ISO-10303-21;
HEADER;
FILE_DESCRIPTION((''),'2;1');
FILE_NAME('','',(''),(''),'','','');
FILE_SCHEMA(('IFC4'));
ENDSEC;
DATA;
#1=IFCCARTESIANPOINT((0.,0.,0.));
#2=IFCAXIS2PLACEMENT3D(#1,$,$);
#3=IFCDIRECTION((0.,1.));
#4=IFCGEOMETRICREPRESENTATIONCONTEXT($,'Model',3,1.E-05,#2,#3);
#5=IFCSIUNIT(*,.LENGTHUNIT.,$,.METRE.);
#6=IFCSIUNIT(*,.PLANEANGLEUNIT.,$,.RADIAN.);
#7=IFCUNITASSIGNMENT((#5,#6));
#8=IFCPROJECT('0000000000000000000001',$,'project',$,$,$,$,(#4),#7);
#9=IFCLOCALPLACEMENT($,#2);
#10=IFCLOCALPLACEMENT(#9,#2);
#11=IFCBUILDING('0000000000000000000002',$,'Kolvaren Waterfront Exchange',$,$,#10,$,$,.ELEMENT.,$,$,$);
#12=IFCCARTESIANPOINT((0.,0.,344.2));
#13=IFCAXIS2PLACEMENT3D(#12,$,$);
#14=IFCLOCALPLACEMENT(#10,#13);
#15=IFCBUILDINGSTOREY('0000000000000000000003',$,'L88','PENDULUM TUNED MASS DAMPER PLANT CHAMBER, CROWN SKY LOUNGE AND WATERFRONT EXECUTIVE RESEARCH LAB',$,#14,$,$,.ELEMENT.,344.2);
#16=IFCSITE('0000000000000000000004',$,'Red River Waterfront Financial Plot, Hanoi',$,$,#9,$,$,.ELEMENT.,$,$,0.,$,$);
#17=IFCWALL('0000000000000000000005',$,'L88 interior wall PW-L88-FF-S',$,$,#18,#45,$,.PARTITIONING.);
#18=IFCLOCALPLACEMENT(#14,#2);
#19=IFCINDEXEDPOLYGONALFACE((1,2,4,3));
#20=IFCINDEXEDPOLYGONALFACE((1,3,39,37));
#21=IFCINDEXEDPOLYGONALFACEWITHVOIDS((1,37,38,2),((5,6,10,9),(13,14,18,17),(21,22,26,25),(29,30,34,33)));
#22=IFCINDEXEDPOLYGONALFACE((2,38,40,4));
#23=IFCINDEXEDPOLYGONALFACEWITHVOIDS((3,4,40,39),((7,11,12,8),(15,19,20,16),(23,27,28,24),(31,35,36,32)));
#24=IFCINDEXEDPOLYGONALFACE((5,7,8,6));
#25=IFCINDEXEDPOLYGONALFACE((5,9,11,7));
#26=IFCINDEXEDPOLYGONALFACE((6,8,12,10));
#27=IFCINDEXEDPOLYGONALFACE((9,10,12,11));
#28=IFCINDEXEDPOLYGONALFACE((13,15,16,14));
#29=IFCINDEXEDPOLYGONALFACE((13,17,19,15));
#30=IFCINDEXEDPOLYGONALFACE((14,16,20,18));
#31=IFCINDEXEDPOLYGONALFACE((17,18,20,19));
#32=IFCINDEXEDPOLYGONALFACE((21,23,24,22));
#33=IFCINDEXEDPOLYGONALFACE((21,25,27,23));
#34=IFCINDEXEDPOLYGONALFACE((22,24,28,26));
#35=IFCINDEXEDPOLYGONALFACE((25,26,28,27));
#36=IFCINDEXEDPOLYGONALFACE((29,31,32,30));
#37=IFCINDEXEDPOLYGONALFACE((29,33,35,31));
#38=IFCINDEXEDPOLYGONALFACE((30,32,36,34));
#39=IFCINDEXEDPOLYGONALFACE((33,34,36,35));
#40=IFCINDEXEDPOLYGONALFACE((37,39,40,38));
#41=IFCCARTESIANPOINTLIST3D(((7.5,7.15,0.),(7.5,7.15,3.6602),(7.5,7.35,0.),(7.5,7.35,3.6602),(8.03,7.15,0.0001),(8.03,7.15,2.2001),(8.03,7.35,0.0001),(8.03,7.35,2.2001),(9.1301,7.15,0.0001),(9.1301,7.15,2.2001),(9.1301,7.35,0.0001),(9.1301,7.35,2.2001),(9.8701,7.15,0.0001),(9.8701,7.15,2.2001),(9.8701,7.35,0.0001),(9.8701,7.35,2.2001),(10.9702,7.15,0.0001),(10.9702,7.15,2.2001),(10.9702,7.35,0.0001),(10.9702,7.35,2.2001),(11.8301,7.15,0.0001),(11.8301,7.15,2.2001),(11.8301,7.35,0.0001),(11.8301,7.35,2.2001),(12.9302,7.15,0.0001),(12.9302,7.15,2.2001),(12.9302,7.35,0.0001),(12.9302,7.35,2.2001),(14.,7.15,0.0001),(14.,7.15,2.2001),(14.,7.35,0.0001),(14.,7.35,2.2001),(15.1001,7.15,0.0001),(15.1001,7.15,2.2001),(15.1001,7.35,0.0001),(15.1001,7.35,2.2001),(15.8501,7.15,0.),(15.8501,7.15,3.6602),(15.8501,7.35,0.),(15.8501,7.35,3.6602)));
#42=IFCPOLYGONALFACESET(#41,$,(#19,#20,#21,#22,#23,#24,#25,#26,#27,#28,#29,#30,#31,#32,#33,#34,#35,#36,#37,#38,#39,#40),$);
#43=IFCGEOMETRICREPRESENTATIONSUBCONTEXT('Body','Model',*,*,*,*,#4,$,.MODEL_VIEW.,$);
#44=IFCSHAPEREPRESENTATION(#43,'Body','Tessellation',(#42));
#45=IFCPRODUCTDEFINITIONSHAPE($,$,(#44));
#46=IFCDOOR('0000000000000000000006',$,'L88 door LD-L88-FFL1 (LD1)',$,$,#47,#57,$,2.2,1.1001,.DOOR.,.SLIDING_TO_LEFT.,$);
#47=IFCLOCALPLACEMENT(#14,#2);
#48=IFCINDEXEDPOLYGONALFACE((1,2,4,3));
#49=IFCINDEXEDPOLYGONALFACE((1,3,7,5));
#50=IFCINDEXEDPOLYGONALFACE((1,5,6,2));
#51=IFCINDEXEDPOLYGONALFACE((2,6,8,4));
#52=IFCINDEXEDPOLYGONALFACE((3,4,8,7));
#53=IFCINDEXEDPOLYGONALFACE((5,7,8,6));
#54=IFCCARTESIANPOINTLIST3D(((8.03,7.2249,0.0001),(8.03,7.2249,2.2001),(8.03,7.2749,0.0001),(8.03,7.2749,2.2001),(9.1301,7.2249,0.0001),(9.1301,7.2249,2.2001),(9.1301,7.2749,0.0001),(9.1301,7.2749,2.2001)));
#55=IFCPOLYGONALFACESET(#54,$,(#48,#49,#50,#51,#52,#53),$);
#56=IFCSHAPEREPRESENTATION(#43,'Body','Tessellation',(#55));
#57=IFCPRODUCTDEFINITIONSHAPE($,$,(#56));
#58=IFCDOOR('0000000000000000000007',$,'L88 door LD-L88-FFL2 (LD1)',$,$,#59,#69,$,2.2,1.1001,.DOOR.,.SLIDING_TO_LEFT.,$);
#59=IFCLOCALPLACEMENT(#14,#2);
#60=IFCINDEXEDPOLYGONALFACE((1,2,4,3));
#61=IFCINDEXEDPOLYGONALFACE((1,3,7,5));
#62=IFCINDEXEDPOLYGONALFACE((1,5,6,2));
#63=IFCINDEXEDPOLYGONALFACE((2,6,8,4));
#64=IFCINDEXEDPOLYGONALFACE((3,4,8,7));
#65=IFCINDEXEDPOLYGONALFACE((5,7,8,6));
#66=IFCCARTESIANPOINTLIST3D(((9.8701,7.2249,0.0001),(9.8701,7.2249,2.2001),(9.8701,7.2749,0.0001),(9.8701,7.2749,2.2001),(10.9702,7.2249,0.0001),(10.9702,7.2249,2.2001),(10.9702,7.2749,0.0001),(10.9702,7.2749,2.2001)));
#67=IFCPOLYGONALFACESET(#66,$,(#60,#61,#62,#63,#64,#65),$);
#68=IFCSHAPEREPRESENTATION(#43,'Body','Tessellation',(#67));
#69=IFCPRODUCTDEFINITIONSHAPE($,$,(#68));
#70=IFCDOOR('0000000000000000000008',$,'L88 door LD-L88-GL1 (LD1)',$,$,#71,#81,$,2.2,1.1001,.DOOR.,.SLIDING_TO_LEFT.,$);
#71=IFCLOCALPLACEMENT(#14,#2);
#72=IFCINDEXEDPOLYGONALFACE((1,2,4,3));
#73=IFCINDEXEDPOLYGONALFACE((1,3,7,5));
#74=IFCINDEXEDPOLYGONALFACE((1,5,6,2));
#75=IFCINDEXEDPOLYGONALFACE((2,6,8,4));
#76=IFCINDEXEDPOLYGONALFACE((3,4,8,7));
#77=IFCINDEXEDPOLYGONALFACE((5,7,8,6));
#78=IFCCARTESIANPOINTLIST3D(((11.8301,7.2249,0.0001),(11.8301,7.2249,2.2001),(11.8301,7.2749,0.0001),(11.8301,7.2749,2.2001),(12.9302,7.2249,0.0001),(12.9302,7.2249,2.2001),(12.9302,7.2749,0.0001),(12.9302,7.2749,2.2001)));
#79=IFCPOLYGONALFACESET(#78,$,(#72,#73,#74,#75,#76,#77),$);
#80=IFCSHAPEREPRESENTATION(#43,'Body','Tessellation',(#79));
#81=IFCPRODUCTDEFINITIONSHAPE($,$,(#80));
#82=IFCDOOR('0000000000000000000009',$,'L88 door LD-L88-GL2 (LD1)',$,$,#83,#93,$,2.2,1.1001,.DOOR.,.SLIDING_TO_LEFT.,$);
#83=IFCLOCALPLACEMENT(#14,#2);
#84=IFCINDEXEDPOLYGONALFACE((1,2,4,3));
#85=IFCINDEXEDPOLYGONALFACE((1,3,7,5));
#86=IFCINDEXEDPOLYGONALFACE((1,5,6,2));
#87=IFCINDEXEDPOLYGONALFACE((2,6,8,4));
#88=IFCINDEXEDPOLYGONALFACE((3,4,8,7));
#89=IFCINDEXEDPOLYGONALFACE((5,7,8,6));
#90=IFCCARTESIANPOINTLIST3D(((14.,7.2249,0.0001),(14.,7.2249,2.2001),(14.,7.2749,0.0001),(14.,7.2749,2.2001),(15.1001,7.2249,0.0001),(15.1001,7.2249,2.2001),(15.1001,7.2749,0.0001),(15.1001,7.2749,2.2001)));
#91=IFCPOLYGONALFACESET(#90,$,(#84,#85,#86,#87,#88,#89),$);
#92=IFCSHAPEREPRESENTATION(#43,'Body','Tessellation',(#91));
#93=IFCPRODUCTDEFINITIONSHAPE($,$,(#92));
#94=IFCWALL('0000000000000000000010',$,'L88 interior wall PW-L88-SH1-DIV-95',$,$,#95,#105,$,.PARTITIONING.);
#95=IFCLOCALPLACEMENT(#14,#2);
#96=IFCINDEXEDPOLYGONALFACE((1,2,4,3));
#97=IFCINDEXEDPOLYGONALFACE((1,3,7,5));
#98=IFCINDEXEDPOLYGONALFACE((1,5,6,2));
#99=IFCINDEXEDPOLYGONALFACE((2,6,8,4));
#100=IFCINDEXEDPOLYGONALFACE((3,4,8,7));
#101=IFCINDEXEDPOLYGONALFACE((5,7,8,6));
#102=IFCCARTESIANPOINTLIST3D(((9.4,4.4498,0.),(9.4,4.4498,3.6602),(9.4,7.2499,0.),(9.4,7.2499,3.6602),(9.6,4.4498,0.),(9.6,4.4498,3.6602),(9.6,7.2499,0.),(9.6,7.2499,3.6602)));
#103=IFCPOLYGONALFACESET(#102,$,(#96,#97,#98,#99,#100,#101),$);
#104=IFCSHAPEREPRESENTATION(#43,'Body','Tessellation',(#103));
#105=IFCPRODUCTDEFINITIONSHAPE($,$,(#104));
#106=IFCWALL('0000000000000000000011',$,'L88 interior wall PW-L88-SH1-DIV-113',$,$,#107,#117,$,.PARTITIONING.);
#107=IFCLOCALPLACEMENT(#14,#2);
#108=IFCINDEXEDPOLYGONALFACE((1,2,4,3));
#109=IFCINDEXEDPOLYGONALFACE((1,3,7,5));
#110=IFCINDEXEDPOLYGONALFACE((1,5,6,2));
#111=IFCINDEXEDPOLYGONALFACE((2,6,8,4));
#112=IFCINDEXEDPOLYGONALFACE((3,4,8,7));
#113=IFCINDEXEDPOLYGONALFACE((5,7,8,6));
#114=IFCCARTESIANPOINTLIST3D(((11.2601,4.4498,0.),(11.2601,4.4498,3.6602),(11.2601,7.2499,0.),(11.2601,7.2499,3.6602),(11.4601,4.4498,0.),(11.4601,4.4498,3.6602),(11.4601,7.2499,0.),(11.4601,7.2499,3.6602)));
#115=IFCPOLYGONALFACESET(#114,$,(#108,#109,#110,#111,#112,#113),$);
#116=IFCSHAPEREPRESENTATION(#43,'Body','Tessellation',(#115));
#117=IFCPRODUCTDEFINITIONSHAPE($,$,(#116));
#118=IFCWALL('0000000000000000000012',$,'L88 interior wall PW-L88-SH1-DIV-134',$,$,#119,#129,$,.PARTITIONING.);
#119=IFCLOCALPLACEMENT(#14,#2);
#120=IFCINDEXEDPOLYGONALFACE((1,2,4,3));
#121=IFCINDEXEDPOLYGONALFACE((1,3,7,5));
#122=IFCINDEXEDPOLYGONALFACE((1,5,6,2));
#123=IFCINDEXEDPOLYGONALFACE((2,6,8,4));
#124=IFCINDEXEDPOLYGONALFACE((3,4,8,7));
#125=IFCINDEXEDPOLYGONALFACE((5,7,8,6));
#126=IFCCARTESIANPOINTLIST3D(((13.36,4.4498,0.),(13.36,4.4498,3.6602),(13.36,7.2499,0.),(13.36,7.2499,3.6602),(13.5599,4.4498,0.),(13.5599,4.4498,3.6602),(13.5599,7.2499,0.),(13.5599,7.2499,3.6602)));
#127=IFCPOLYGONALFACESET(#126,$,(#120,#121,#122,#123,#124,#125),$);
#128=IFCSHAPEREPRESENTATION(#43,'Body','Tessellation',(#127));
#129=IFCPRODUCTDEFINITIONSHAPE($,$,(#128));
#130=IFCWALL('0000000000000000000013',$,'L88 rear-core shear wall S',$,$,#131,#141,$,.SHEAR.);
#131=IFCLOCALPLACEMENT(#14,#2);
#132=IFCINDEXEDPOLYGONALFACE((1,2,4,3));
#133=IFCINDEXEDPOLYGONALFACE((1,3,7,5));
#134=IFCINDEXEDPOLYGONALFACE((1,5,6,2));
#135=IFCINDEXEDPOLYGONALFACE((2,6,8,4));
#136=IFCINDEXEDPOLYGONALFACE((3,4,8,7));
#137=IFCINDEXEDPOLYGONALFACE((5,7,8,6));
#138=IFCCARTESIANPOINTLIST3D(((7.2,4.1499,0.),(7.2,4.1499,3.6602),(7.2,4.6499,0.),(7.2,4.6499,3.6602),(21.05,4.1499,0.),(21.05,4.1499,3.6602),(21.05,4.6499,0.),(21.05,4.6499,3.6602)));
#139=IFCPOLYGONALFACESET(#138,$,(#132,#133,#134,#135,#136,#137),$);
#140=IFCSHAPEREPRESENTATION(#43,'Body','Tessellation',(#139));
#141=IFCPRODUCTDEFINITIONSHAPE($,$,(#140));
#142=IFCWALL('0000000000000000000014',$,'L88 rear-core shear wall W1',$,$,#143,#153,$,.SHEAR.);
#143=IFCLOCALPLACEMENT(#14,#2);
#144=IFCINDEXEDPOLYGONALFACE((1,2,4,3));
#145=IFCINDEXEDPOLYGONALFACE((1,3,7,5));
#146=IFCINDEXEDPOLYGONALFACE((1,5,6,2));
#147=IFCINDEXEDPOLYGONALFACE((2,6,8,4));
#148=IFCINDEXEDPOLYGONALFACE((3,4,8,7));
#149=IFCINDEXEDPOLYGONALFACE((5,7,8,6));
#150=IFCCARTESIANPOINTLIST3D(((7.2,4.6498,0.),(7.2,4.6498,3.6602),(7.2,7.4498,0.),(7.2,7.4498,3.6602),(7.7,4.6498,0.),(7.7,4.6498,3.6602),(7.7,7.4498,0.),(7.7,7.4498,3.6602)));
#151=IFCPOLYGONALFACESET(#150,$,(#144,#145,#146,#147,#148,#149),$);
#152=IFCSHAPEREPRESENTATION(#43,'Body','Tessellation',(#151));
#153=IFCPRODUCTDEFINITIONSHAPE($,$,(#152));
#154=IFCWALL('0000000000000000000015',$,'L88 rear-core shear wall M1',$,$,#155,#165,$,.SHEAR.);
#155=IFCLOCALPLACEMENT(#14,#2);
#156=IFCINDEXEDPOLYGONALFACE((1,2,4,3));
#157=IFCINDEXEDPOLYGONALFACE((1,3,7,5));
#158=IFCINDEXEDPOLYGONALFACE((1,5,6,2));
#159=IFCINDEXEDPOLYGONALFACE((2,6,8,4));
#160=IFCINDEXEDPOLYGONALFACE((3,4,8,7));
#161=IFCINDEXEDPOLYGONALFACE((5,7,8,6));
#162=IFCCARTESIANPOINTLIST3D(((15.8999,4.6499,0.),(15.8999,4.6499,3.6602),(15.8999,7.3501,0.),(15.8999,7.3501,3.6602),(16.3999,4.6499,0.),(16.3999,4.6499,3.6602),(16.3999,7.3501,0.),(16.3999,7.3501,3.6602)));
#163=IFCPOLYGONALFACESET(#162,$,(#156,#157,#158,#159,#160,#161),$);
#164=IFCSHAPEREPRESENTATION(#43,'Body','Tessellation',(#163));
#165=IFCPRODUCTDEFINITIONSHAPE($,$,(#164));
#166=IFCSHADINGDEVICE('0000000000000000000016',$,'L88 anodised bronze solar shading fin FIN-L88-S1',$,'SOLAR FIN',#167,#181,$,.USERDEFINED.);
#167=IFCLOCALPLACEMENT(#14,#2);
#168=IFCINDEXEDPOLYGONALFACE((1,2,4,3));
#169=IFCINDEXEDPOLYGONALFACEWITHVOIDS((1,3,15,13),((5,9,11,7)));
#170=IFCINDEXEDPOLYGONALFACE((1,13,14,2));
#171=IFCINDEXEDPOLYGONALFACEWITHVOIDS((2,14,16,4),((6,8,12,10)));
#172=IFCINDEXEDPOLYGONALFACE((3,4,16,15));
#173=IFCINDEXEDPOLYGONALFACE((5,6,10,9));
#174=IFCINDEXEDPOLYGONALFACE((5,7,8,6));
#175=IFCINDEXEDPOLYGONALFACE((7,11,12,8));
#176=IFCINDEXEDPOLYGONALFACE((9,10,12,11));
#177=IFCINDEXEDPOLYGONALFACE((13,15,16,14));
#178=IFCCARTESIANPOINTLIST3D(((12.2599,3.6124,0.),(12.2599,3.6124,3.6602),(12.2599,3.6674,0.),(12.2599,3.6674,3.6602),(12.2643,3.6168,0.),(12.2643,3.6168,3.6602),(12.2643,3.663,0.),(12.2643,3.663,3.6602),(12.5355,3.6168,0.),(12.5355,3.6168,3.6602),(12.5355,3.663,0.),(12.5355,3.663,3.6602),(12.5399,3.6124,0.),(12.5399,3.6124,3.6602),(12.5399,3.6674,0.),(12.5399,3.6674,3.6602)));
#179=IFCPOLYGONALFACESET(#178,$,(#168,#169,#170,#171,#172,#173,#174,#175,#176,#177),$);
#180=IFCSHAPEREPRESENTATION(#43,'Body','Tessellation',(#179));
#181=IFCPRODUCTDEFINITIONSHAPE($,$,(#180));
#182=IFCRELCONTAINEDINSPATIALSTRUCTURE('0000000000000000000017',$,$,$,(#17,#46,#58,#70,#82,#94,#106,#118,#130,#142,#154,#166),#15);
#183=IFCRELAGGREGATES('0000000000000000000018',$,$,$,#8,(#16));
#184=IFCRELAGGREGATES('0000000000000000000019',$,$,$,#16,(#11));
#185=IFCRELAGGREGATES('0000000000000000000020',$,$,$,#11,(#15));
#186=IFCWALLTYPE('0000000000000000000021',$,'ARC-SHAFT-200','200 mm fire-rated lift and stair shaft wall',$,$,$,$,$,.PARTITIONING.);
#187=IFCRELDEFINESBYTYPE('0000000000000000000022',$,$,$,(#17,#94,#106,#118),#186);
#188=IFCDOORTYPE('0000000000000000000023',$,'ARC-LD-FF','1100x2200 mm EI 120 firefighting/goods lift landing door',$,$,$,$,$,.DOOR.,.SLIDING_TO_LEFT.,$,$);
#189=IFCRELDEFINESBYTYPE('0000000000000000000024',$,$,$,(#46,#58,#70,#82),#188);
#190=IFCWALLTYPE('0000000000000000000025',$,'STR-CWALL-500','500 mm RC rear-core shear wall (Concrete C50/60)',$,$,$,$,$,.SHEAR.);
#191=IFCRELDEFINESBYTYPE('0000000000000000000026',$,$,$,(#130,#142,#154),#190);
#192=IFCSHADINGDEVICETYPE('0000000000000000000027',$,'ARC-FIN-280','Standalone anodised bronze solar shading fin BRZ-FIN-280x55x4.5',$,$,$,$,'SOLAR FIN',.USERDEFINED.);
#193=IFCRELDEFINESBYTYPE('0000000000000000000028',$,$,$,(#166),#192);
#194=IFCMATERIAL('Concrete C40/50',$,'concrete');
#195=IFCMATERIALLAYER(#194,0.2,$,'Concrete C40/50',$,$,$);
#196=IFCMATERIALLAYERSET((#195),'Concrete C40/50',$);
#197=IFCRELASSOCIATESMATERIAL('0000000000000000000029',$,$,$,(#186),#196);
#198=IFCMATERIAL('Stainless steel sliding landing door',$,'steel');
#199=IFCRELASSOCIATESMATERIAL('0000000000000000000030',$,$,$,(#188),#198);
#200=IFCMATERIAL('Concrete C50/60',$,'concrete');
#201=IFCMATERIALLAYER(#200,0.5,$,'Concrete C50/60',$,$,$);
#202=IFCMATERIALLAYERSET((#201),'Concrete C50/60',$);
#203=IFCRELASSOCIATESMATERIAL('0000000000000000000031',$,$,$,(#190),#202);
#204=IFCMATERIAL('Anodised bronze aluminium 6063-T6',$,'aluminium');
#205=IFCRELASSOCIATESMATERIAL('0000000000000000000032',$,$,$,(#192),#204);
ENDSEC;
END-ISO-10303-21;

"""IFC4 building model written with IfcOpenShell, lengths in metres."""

from ifc_helpers import new_model, si_unit, direction, frame, frame_2d, origin, origin_2d, place, context, subcontext, project, spatial, rectangle, hollow_rectangle, extrude, material, layer, layer_set, material_profile, profile_set, type_object, element, fill, save


model = new_model("IFC4")

# Units and contexts
model_context = context("Model", 3, precision=1e-05, world=origin(), true_north=direction((0.0, 1.0)))
body_context = subcontext(model_context, "Body", "Model", "MODEL_VIEW")
ifc_project = project(units=[si_unit("LENGTHUNIT", "METRE"), si_unit("PLANEANGLEUNIT", "RADIAN")], contexts=[model_context])

# Site, building, storey
site_placement = place(None, origin())
site = spatial("IfcSite", under=ifc_project, at=site_placement, Name="Red River Waterfront Financial Plot, Hanoi", CompositionType="ELEMENT", RefElevation=0.0)
building_placement = place(site_placement, origin())
building = spatial("IfcBuilding", under=site, at=building_placement, Name="Kolvaren Waterfront Exchange", CompositionType="ELEMENT")
storey_placement = place(building_placement, frame((0.0, 0.0, 344.2)))
storey = spatial("IfcBuildingStorey", under=building, at=storey_placement, Name="L88", Description="PENDULUM TUNED MASS DAMPER PLANT CHAMBER, CROWN SKY LOUNGE AND WATERFRONT EXECUTIVE RESEARCH LAB", CompositionType="ELEMENT", Elevation=344.2)

# Shared definitions
ifc_material_1 = material(Name="Concrete C50/60", Category="concrete")

# Shared definitions
ifc_material_2 = material(Name="Anodised bronze aluminium 6063-T6", Category="aluminium")

# Shared definitions
ifc_material_3 = material(Name="Concrete C40/50", Category="concrete")
ifc_layer_1 = layer(ifc_material_3, 0.2, Name="Concrete C40/50")
ifc_layer_set_1 = layer_set([ifc_layer_1], Name="Concrete C40/50")
wall_type_1 = type_object("IfcWallType", Name="ARC-SHAFT-200", Description="200 mm fire-rated lift and stair shaft wall", PredefinedType="PARTITIONING", material=ifc_layer_set_1)

# Wall, openings, doors
wall_1_placement = place(storey_placement, frame((7.5, 7.25, 0.0), z_axis=(0.0, 0.0, 1.0), x_axis=(1.0, 0.0, 0.0)))
wall_1 = element("IfcWall", 1, at=wall_1_placement, inside=storey, type_object=wall_type_1, Name="L88 interior wall PW-L88-FF-S", PredefinedType="PARTITIONING", context=body_context, shape_type="SweptSolid", body=[
    extrude(rectangle(XDim=8.3501, YDim=0.2, at=frame_2d((4.175, 0.0))), origin(), (0.0, 0.0, 1.0), 3.6602),
])
opening_1_placement = place(wall_1_placement, frame((0.53, 0.0, 0.0)))
opening_1 = element("IfcOpeningElement", 2, at=opening_1_placement, cuts=wall_1, PredefinedType="OPENING", context=body_context, shape_type="SweptSolid", body=[
    extrude(rectangle(XDim=1.1001, YDim=2.2, at=frame_2d((0.55, 1.1001))), frame((0.0, 0.1099, 0.0), z_axis=(0.0, -1.0, 0.0), x_axis=(1.0, 0.0, 0.0)), (0.0, 0.0, 1.0), 0.22),
])
opening_2_placement = place(wall_1_placement, frame((2.3701, 0.0, 0.0)))
opening_2 = element("IfcOpeningElement", 3, at=opening_2_placement, cuts=wall_1, PredefinedType="OPENING", context=body_context, shape_type="SweptSolid", body=[
    extrude(rectangle(XDim=1.1001, YDim=2.2, at=frame_2d((0.55, 1.1001))), frame((0.0, 0.1099, 0.0), z_axis=(0.0, -1.0, 0.0), x_axis=(1.0, 0.0, 0.0)), (0.0, 0.0, 1.0), 0.22),
])
opening_3_placement = place(wall_1_placement, frame((4.3301, 0.0, 0.0)))
opening_3 = element("IfcOpeningElement", 4, at=opening_3_placement, cuts=wall_1, PredefinedType="OPENING", context=body_context, shape_type="SweptSolid", body=[
    extrude(rectangle(XDim=1.1001, YDim=2.2, at=frame_2d((0.55, 1.1001))), frame((0.0, 0.1099, 0.0), z_axis=(0.0, -1.0, 0.0), x_axis=(1.0, 0.0, 0.0)), (0.0, 0.0, 1.0), 0.22),
])
opening_4_placement = place(wall_1_placement, frame((6.5, 0.0, 0.0)))
opening_4 = element("IfcOpeningElement", 5, at=opening_4_placement, cuts=wall_1, PredefinedType="OPENING", context=body_context, shape_type="SweptSolid", body=[
    extrude(rectangle(XDim=1.1001, YDim=2.2, at=frame_2d((0.55, 1.1001))), frame((0.0, 0.1099, 0.0), z_axis=(0.0, -1.0, 0.0), x_axis=(1.0, 0.0, 0.0)), (0.0, 0.0, 1.0), 0.22),
])
ifc_material_4 = material(Name="Stainless steel sliding landing door", Category="steel")
door_type = type_object("IfcDoorType", Name="ARC-LD-FF", Description="1100x2200 mm EI 120 firefighting/goods lift landing door", OperationType="SLIDING_TO_LEFT", PredefinedType="DOOR", material=ifc_material_4)
door_1_placement = place(opening_1_placement, origin())
door_1 = element("IfcDoor", 6, at=door_1_placement, inside=storey, type_object=door_type, Name="L88 door LD-L88-FFL1 (LD1)", OperationType="SLIDING_TO_LEFT", OverallHeight=2.2, OverallWidth=1.1001, PredefinedType="DOOR", context=body_context, shape_type="SweptSolid", body=[
    extrude(rectangle(XDim=1.1001, YDim=2.2, at=frame_2d((0.55, 1.1001))), frame((0.0, 0.0249, 0.0), z_axis=(0.0, -1.0, 0.0), x_axis=(1.0, 0.0, 0.0)), (0.0, 0.0, 1.0), 0.05),
])
fill(opening_1, door_1)
door_2_placement = place(opening_2_placement, origin())
door_2 = element("IfcDoor", 7, at=door_2_placement, inside=storey, type_object=door_type, Name="L88 door LD-L88-FFL2 (LD1)", OperationType="SLIDING_TO_LEFT", OverallHeight=2.2, OverallWidth=1.1001, PredefinedType="DOOR", context=body_context, shape_type="SweptSolid", body=[
    extrude(rectangle(XDim=1.1001, YDim=2.2, at=frame_2d((0.55, 1.1001))), frame((0.0, 0.0249, 0.0), z_axis=(0.0, -1.0, 0.0), x_axis=(1.0, 0.0, 0.0)), (0.0, 0.0, 1.0), 0.05),
])
fill(opening_2, door_2)
door_3_placement = place(opening_3_placement, origin())
door_3 = element("IfcDoor", 8, at=door_3_placement, inside=storey, type_object=door_type, Name="L88 door LD-L88-GL1 (LD1)", OperationType="SLIDING_TO_LEFT", OverallHeight=2.2, OverallWidth=1.1001, PredefinedType="DOOR", context=body_context, shape_type="SweptSolid", body=[
    extrude(rectangle(XDim=1.1001, YDim=2.2, at=frame_2d((0.55, 1.1001))), frame((0.0, 0.0249, 0.0), z_axis=(0.0, -1.0, 0.0), x_axis=(1.0, 0.0, 0.0)), (0.0, 0.0, 1.0), 0.05),
])
fill(opening_3, door_3)
door_4_placement = place(opening_4_placement, origin())
door_4 = element("IfcDoor", 9, at=door_4_placement, inside=storey, type_object=door_type, Name="L88 door LD-L88-GL2 (LD1)", OperationType="SLIDING_TO_LEFT", OverallHeight=2.2, OverallWidth=1.1001, PredefinedType="DOOR", context=body_context, shape_type="SweptSolid", body=[
    extrude(rectangle(XDim=1.1001, YDim=2.2, at=frame_2d((0.55, 1.1001))), frame((0.0, 0.0249, 0.0), z_axis=(0.0, -1.0, 0.0), x_axis=(1.0, 0.0, 0.0)), (0.0, 0.0, 1.0), 0.05),
])
fill(opening_4, door_4)

# Walls
for number, where, z_axis, x_axis, name in (
    (10, (9.5, 4.45, 0.0), (0.0, 0.0, 1.0), (0.0, 1.0, 0.0), "L88 interior wall PW-L88-SH1-DIV-95"),
    (11, (11.3601, 4.45, 0.0), (0.0, 0.0, 1.0), (0.0, 1.0, 0.0), "L88 interior wall PW-L88-SH1-DIV-113"),
    (12, (13.46, 4.45, 0.0), (0.0, 0.0, 1.0), (0.0, 1.0, 0.0), "L88 interior wall PW-L88-SH1-DIV-134"),
):
    element("IfcWall", number, at=place(storey_placement, frame(where, z_axis=z_axis, x_axis=x_axis)), inside=storey, type_object=wall_type_1, Name=name, PredefinedType="PARTITIONING", context=body_context, shape_type="SweptSolid", body=[
        extrude(rectangle(XDim=2.8, YDim=0.2, at=frame_2d((1.3999, 0.0))), origin(), (0.0, 0.0, 1.0), 3.6602),
    ])
ifc_layer_2 = layer(ifc_material_1, 0.5, Name="Concrete C50/60")
ifc_layer_set_2 = layer_set([ifc_layer_2], Name="Concrete C50/60")
wall_type_2 = type_object("IfcWallType", Name="STR-CWALL-500", Description="500 mm RC rear-core shear wall (Concrete C50/60)", PredefinedType="SHEAR", material=ifc_layer_set_2)
wall_2_placement = place(storey_placement, frame((7.2, 4.3999, 0.0), z_axis=(0.0, 0.0, 1.0), x_axis=(1.0, 0.0, 0.0)))
element("IfcWall", 13, at=wall_2_placement, inside=storey, type_object=wall_type_2, Name="L88 rear-core shear wall S", PredefinedType="SHEAR", context=body_context, shape_type="SweptSolid", body=[
    extrude(rectangle(XDim=13.8501, YDim=0.5, at=frame_2d((6.925, 0.0))), origin(), (0.0, 0.0, 1.0), 3.6602),
])
wall_3_placement = place(storey_placement, frame((7.45, 4.6499, 0.0), z_axis=(0.0, 0.0, 1.0), x_axis=(0.0, 1.0, 0.0)))
element("IfcWall", 14, at=wall_3_placement, inside=storey, type_object=wall_type_2, Name="L88 rear-core shear wall W1", PredefinedType="SHEAR", context=body_context, shape_type="SweptSolid", body=[
    extrude(rectangle(XDim=2.8, YDim=0.5, at=frame_2d((1.3999, 0.0))), origin(), (0.0, 0.0, 1.0), 3.6602),
])
wall_4_placement = place(storey_placement, frame((16.1499, 4.6499, 0.0), z_axis=(0.0, 0.0, 1.0), x_axis=(0.0, 1.0, 0.0)))
element("IfcWall", 15, at=wall_4_placement, inside=storey, type_object=wall_type_2, Name="L88 rear-core shear wall M1", PredefinedType="SHEAR", context=body_context, shape_type="SweptSolid", body=[
    extrude(rectangle(XDim=2.7002, YDim=0.5, at=frame_2d((1.3501, 0.0))), origin(), (0.0, 0.0, 1.0), 3.6602),
])

# Shading device
ifc_material_profile_1 = material_profile(ifc_material_2, hollow_rectangle(XDim=0.0549, YDim=0.28, WallThickness=0.0044, at=origin_2d()), Name="BRZ-FIN-280x55x4.5")
ifc_profile_set_1 = profile_set([ifc_material_profile_1], Name="Anodised bronze aluminium 6063-T6")
shading_device_type = type_object("IfcShadingDeviceType", Name="ARC-FIN-280", Description="Standalone anodised bronze solar shading fin BRZ-FIN-280x55x4.5", ElementType="SOLAR FIN", PredefinedType="USERDEFINED", material=ifc_profile_set_1)
shading_device_placement = place(storey_placement, frame((12.3999, 3.6399, 0.0), z_axis=(0.0, 0.0, 1.0), x_axis=(0.0, -1.0, 0.0)))
element("IfcShadingDevice", 16, at=shading_device_placement, inside=storey, type_object=shading_device_type, Name="L88 anodised bronze solar shading fin FIN-L88-S1", ObjectType="SOLAR FIN", PredefinedType="USERDEFINED", context=body_context, shape_type="SweptSolid", body=[
    extrude(hollow_rectangle(XDim=0.0549, YDim=0.28, WallThickness=0.0044, at=origin_2d()), origin(), (0.0, 0.0, 1.0), 3.6602),
])

save(model, "model.ifc")
